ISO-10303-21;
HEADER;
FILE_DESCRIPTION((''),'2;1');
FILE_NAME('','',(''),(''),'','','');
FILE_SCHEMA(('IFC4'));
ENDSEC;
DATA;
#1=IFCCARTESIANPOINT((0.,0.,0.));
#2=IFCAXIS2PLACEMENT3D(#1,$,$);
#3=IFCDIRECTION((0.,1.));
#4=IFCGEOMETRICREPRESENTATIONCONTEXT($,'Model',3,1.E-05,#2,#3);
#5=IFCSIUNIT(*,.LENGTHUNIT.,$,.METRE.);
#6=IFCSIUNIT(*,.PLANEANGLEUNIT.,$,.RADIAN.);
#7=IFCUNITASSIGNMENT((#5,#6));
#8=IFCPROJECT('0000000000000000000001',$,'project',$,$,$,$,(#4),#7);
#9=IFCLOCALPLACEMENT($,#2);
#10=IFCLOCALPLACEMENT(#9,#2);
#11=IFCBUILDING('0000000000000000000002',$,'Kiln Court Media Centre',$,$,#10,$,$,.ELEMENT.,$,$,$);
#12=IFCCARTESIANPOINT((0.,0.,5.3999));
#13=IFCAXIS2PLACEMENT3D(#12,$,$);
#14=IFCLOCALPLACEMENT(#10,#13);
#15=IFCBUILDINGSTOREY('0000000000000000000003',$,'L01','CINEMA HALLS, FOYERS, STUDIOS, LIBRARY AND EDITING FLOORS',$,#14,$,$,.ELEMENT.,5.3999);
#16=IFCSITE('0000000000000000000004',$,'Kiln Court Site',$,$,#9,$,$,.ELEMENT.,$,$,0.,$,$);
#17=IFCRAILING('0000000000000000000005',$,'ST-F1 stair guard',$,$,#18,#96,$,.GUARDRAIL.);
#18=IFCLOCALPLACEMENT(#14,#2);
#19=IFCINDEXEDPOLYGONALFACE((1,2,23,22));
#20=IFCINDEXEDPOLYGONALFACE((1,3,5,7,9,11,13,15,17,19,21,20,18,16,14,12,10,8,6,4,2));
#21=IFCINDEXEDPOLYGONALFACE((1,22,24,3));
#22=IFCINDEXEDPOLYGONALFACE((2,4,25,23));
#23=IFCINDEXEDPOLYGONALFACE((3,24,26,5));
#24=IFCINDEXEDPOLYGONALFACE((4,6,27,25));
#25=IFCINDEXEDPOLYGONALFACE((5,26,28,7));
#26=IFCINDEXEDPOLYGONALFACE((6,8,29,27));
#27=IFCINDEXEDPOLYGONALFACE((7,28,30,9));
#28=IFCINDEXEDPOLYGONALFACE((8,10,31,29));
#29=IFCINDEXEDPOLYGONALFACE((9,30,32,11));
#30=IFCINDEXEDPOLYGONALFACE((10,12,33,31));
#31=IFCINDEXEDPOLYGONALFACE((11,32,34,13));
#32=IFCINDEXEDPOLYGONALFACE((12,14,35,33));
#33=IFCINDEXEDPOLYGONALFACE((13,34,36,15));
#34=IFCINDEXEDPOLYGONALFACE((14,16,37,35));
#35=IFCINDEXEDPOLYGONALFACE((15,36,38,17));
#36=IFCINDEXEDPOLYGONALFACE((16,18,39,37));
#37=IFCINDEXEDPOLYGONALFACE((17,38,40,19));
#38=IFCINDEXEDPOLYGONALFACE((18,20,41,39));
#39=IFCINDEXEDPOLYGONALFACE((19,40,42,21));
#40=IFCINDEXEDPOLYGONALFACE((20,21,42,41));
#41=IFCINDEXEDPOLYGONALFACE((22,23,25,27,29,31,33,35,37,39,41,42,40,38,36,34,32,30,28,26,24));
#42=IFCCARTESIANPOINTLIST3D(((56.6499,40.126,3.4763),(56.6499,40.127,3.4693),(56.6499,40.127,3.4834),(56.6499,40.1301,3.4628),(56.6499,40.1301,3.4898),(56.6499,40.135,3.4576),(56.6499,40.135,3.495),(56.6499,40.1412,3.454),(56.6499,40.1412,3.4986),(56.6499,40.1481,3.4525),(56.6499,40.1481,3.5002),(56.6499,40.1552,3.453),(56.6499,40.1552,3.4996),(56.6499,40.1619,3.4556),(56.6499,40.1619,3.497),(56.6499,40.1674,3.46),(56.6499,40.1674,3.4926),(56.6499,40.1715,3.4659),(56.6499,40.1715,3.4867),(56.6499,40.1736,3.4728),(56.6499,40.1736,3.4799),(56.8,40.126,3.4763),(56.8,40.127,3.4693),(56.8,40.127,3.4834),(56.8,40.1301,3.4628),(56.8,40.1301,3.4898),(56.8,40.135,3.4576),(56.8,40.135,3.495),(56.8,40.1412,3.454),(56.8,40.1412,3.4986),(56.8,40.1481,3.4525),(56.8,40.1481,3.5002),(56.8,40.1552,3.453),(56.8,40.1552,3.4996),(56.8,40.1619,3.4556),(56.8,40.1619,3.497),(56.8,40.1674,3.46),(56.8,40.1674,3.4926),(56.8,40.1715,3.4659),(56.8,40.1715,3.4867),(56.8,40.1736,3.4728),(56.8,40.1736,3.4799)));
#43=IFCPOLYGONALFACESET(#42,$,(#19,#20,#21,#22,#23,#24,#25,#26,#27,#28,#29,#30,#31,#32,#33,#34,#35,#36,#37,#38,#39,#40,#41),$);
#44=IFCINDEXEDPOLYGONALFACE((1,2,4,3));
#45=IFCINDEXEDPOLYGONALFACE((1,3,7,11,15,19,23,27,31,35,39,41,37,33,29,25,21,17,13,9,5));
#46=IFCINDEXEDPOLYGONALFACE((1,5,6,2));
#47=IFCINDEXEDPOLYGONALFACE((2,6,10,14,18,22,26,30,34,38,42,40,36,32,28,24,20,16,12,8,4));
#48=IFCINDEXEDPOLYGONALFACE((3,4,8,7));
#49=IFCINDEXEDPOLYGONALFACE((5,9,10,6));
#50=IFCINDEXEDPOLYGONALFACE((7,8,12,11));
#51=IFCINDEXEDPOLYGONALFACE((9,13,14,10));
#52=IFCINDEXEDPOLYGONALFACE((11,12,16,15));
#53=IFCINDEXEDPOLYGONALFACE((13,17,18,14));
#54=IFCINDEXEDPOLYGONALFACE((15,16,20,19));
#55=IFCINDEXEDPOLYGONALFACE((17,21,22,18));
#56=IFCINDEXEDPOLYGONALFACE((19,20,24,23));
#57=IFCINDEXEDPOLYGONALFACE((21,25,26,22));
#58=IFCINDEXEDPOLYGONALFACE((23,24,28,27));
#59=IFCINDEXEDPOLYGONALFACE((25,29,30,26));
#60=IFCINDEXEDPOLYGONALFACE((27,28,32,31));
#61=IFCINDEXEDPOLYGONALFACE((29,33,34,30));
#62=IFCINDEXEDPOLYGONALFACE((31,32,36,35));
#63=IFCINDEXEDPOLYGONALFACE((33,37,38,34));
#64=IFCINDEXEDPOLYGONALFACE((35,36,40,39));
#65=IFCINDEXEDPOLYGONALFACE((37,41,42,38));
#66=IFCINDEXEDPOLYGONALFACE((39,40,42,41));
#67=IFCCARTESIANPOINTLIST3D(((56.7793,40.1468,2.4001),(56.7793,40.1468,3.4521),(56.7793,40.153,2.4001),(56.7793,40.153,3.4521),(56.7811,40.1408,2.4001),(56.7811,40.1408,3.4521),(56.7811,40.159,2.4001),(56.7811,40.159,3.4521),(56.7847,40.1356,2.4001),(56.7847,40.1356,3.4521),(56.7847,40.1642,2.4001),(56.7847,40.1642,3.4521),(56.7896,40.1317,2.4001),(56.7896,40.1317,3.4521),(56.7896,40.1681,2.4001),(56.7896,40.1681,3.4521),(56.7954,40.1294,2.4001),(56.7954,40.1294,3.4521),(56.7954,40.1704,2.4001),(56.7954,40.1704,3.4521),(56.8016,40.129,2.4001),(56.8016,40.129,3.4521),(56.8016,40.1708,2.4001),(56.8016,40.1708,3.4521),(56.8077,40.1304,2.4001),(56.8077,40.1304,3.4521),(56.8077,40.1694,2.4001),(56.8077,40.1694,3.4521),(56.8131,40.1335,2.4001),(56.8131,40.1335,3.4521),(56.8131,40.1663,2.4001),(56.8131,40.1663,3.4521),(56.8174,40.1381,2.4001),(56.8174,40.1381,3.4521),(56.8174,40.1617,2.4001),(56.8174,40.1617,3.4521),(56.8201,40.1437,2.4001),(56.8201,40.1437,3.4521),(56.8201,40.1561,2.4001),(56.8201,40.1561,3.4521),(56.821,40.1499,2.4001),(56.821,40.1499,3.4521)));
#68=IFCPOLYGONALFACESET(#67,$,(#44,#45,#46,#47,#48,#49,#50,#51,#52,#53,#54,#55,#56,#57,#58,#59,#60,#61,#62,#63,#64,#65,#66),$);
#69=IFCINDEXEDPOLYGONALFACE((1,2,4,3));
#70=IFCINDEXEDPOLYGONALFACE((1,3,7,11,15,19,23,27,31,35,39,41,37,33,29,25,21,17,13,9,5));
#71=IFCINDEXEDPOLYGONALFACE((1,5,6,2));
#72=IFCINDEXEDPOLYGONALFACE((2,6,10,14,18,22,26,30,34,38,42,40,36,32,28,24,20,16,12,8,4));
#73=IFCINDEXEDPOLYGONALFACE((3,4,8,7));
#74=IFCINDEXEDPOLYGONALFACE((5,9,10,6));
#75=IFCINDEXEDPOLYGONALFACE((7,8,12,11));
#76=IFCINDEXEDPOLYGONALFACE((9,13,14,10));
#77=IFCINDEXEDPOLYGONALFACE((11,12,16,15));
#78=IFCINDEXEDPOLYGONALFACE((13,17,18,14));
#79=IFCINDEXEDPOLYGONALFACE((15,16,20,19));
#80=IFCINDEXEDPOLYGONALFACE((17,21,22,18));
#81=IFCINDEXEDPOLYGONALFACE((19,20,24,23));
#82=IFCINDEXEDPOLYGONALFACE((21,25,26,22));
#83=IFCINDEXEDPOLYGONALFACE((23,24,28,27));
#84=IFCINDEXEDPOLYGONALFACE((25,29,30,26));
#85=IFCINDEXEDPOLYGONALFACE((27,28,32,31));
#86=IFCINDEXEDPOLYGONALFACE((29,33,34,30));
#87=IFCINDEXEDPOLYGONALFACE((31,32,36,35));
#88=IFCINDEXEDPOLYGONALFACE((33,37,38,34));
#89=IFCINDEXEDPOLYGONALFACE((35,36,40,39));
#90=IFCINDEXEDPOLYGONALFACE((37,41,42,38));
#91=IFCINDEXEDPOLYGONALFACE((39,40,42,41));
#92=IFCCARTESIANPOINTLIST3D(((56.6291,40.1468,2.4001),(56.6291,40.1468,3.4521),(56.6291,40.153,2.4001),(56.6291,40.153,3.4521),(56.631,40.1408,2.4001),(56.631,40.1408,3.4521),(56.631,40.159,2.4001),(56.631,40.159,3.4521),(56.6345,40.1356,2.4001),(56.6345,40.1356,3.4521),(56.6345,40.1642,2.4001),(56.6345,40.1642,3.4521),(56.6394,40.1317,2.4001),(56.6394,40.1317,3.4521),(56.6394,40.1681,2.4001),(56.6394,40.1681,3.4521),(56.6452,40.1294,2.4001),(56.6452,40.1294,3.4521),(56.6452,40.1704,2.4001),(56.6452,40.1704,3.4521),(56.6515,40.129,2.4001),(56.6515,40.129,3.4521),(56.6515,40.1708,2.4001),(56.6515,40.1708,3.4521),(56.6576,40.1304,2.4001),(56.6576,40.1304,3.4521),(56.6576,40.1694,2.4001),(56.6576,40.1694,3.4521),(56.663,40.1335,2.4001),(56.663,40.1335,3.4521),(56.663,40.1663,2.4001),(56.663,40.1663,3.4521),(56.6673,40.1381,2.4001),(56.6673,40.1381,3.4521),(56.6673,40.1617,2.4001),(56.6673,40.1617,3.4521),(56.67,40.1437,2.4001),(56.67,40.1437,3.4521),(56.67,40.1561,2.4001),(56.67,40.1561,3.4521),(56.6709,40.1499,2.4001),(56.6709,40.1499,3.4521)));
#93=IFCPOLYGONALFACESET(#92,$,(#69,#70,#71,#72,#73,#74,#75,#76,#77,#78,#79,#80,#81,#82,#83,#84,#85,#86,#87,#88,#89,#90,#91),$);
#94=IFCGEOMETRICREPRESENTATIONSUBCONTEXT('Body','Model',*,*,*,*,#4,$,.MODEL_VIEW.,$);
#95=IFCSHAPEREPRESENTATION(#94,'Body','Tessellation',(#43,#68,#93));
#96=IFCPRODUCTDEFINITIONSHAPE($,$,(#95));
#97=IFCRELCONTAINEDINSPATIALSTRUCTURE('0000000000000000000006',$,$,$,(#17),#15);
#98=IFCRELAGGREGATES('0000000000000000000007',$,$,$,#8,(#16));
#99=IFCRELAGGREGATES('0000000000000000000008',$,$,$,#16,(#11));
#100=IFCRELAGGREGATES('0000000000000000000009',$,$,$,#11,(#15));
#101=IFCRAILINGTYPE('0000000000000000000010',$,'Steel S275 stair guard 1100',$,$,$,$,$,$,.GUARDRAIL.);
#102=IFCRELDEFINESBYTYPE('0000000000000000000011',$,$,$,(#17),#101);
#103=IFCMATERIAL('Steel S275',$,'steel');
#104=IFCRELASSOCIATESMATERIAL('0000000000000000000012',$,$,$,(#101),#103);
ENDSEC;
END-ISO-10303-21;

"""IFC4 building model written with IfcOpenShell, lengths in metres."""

from ifc_helpers import new_model, si_unit, direction, frame, origin, origin_2d, place, context, subcontext, project, spatial, circle, extrude, material, type_object, element, save


model = new_model("IFC4")

# Units and contexts
model_context = context("Model", 3, precision=1e-05, world=origin(), true_north=direction((0.0, 1.0)))
body_context = subcontext(model_context, "Body", "Model", "MODEL_VIEW")
ifc_project = project(units=[si_unit("LENGTHUNIT", "METRE"), si_unit("PLANEANGLEUNIT", "RADIAN")], contexts=[model_context])

# Site, building, storey
site_placement = place(None, origin())
site = spatial("IfcSite", under=ifc_project, at=site_placement, Name="Kiln Court Site", CompositionType="ELEMENT", RefElevation=0.0)
building_placement = place(site_placement, origin())
building = spatial("IfcBuilding", under=site, at=building_placement, Name="Kiln Court Media Centre", CompositionType="ELEMENT")
storey_placement = place(building_placement, frame((0.0, 0.0, 5.3999)))
storey = spatial("IfcBuildingStorey", under=building, at=storey_placement, Name="L01", Description="CINEMA HALLS, FOYERS, STUDIOS, LIBRARY AND EDITING FLOORS", CompositionType="ELEMENT", Elevation=5.3999)

# Railing
ifc_material_1 = material(Name="Steel S275", Category="steel")
railing_type_1 = type_object("IfcRailingType", Name="Steel S275 stair guard 1100", PredefinedType="GUARDRAIL", material=ifc_material_1)
railing_1_placement = place(storey_placement, frame((56.8, 40.1499, 2.4001)))
element("IfcRailing", 1, at=railing_1_placement, inside=storey, type_object=railing_type_1, Name="ST-F1 stair guard", PredefinedType="GUARDRAIL", context=body_context, shape_type="SweptSolid", body=[
    extrude(circle(Radius=0.0239, at=origin_2d()), frame((0.0, 0.0, 1.0762), z_axis=(-1.0, 0.0, 0.0), x_axis=(0.0, -1.0, 0.0)), (0.0, 0.0, 1.0), 0.1501),
    extrude(circle(Radius=0.021, at=origin_2d()), origin(), (0.0, 0.0, 1.0), 1.052),
    extrude(circle(Radius=0.021, at=origin_2d()), frame((-0.1501, 0.0, 0.0)), (0.0, 0.0, 1.0), 1.052),
])

save(model, "model.ifc")
